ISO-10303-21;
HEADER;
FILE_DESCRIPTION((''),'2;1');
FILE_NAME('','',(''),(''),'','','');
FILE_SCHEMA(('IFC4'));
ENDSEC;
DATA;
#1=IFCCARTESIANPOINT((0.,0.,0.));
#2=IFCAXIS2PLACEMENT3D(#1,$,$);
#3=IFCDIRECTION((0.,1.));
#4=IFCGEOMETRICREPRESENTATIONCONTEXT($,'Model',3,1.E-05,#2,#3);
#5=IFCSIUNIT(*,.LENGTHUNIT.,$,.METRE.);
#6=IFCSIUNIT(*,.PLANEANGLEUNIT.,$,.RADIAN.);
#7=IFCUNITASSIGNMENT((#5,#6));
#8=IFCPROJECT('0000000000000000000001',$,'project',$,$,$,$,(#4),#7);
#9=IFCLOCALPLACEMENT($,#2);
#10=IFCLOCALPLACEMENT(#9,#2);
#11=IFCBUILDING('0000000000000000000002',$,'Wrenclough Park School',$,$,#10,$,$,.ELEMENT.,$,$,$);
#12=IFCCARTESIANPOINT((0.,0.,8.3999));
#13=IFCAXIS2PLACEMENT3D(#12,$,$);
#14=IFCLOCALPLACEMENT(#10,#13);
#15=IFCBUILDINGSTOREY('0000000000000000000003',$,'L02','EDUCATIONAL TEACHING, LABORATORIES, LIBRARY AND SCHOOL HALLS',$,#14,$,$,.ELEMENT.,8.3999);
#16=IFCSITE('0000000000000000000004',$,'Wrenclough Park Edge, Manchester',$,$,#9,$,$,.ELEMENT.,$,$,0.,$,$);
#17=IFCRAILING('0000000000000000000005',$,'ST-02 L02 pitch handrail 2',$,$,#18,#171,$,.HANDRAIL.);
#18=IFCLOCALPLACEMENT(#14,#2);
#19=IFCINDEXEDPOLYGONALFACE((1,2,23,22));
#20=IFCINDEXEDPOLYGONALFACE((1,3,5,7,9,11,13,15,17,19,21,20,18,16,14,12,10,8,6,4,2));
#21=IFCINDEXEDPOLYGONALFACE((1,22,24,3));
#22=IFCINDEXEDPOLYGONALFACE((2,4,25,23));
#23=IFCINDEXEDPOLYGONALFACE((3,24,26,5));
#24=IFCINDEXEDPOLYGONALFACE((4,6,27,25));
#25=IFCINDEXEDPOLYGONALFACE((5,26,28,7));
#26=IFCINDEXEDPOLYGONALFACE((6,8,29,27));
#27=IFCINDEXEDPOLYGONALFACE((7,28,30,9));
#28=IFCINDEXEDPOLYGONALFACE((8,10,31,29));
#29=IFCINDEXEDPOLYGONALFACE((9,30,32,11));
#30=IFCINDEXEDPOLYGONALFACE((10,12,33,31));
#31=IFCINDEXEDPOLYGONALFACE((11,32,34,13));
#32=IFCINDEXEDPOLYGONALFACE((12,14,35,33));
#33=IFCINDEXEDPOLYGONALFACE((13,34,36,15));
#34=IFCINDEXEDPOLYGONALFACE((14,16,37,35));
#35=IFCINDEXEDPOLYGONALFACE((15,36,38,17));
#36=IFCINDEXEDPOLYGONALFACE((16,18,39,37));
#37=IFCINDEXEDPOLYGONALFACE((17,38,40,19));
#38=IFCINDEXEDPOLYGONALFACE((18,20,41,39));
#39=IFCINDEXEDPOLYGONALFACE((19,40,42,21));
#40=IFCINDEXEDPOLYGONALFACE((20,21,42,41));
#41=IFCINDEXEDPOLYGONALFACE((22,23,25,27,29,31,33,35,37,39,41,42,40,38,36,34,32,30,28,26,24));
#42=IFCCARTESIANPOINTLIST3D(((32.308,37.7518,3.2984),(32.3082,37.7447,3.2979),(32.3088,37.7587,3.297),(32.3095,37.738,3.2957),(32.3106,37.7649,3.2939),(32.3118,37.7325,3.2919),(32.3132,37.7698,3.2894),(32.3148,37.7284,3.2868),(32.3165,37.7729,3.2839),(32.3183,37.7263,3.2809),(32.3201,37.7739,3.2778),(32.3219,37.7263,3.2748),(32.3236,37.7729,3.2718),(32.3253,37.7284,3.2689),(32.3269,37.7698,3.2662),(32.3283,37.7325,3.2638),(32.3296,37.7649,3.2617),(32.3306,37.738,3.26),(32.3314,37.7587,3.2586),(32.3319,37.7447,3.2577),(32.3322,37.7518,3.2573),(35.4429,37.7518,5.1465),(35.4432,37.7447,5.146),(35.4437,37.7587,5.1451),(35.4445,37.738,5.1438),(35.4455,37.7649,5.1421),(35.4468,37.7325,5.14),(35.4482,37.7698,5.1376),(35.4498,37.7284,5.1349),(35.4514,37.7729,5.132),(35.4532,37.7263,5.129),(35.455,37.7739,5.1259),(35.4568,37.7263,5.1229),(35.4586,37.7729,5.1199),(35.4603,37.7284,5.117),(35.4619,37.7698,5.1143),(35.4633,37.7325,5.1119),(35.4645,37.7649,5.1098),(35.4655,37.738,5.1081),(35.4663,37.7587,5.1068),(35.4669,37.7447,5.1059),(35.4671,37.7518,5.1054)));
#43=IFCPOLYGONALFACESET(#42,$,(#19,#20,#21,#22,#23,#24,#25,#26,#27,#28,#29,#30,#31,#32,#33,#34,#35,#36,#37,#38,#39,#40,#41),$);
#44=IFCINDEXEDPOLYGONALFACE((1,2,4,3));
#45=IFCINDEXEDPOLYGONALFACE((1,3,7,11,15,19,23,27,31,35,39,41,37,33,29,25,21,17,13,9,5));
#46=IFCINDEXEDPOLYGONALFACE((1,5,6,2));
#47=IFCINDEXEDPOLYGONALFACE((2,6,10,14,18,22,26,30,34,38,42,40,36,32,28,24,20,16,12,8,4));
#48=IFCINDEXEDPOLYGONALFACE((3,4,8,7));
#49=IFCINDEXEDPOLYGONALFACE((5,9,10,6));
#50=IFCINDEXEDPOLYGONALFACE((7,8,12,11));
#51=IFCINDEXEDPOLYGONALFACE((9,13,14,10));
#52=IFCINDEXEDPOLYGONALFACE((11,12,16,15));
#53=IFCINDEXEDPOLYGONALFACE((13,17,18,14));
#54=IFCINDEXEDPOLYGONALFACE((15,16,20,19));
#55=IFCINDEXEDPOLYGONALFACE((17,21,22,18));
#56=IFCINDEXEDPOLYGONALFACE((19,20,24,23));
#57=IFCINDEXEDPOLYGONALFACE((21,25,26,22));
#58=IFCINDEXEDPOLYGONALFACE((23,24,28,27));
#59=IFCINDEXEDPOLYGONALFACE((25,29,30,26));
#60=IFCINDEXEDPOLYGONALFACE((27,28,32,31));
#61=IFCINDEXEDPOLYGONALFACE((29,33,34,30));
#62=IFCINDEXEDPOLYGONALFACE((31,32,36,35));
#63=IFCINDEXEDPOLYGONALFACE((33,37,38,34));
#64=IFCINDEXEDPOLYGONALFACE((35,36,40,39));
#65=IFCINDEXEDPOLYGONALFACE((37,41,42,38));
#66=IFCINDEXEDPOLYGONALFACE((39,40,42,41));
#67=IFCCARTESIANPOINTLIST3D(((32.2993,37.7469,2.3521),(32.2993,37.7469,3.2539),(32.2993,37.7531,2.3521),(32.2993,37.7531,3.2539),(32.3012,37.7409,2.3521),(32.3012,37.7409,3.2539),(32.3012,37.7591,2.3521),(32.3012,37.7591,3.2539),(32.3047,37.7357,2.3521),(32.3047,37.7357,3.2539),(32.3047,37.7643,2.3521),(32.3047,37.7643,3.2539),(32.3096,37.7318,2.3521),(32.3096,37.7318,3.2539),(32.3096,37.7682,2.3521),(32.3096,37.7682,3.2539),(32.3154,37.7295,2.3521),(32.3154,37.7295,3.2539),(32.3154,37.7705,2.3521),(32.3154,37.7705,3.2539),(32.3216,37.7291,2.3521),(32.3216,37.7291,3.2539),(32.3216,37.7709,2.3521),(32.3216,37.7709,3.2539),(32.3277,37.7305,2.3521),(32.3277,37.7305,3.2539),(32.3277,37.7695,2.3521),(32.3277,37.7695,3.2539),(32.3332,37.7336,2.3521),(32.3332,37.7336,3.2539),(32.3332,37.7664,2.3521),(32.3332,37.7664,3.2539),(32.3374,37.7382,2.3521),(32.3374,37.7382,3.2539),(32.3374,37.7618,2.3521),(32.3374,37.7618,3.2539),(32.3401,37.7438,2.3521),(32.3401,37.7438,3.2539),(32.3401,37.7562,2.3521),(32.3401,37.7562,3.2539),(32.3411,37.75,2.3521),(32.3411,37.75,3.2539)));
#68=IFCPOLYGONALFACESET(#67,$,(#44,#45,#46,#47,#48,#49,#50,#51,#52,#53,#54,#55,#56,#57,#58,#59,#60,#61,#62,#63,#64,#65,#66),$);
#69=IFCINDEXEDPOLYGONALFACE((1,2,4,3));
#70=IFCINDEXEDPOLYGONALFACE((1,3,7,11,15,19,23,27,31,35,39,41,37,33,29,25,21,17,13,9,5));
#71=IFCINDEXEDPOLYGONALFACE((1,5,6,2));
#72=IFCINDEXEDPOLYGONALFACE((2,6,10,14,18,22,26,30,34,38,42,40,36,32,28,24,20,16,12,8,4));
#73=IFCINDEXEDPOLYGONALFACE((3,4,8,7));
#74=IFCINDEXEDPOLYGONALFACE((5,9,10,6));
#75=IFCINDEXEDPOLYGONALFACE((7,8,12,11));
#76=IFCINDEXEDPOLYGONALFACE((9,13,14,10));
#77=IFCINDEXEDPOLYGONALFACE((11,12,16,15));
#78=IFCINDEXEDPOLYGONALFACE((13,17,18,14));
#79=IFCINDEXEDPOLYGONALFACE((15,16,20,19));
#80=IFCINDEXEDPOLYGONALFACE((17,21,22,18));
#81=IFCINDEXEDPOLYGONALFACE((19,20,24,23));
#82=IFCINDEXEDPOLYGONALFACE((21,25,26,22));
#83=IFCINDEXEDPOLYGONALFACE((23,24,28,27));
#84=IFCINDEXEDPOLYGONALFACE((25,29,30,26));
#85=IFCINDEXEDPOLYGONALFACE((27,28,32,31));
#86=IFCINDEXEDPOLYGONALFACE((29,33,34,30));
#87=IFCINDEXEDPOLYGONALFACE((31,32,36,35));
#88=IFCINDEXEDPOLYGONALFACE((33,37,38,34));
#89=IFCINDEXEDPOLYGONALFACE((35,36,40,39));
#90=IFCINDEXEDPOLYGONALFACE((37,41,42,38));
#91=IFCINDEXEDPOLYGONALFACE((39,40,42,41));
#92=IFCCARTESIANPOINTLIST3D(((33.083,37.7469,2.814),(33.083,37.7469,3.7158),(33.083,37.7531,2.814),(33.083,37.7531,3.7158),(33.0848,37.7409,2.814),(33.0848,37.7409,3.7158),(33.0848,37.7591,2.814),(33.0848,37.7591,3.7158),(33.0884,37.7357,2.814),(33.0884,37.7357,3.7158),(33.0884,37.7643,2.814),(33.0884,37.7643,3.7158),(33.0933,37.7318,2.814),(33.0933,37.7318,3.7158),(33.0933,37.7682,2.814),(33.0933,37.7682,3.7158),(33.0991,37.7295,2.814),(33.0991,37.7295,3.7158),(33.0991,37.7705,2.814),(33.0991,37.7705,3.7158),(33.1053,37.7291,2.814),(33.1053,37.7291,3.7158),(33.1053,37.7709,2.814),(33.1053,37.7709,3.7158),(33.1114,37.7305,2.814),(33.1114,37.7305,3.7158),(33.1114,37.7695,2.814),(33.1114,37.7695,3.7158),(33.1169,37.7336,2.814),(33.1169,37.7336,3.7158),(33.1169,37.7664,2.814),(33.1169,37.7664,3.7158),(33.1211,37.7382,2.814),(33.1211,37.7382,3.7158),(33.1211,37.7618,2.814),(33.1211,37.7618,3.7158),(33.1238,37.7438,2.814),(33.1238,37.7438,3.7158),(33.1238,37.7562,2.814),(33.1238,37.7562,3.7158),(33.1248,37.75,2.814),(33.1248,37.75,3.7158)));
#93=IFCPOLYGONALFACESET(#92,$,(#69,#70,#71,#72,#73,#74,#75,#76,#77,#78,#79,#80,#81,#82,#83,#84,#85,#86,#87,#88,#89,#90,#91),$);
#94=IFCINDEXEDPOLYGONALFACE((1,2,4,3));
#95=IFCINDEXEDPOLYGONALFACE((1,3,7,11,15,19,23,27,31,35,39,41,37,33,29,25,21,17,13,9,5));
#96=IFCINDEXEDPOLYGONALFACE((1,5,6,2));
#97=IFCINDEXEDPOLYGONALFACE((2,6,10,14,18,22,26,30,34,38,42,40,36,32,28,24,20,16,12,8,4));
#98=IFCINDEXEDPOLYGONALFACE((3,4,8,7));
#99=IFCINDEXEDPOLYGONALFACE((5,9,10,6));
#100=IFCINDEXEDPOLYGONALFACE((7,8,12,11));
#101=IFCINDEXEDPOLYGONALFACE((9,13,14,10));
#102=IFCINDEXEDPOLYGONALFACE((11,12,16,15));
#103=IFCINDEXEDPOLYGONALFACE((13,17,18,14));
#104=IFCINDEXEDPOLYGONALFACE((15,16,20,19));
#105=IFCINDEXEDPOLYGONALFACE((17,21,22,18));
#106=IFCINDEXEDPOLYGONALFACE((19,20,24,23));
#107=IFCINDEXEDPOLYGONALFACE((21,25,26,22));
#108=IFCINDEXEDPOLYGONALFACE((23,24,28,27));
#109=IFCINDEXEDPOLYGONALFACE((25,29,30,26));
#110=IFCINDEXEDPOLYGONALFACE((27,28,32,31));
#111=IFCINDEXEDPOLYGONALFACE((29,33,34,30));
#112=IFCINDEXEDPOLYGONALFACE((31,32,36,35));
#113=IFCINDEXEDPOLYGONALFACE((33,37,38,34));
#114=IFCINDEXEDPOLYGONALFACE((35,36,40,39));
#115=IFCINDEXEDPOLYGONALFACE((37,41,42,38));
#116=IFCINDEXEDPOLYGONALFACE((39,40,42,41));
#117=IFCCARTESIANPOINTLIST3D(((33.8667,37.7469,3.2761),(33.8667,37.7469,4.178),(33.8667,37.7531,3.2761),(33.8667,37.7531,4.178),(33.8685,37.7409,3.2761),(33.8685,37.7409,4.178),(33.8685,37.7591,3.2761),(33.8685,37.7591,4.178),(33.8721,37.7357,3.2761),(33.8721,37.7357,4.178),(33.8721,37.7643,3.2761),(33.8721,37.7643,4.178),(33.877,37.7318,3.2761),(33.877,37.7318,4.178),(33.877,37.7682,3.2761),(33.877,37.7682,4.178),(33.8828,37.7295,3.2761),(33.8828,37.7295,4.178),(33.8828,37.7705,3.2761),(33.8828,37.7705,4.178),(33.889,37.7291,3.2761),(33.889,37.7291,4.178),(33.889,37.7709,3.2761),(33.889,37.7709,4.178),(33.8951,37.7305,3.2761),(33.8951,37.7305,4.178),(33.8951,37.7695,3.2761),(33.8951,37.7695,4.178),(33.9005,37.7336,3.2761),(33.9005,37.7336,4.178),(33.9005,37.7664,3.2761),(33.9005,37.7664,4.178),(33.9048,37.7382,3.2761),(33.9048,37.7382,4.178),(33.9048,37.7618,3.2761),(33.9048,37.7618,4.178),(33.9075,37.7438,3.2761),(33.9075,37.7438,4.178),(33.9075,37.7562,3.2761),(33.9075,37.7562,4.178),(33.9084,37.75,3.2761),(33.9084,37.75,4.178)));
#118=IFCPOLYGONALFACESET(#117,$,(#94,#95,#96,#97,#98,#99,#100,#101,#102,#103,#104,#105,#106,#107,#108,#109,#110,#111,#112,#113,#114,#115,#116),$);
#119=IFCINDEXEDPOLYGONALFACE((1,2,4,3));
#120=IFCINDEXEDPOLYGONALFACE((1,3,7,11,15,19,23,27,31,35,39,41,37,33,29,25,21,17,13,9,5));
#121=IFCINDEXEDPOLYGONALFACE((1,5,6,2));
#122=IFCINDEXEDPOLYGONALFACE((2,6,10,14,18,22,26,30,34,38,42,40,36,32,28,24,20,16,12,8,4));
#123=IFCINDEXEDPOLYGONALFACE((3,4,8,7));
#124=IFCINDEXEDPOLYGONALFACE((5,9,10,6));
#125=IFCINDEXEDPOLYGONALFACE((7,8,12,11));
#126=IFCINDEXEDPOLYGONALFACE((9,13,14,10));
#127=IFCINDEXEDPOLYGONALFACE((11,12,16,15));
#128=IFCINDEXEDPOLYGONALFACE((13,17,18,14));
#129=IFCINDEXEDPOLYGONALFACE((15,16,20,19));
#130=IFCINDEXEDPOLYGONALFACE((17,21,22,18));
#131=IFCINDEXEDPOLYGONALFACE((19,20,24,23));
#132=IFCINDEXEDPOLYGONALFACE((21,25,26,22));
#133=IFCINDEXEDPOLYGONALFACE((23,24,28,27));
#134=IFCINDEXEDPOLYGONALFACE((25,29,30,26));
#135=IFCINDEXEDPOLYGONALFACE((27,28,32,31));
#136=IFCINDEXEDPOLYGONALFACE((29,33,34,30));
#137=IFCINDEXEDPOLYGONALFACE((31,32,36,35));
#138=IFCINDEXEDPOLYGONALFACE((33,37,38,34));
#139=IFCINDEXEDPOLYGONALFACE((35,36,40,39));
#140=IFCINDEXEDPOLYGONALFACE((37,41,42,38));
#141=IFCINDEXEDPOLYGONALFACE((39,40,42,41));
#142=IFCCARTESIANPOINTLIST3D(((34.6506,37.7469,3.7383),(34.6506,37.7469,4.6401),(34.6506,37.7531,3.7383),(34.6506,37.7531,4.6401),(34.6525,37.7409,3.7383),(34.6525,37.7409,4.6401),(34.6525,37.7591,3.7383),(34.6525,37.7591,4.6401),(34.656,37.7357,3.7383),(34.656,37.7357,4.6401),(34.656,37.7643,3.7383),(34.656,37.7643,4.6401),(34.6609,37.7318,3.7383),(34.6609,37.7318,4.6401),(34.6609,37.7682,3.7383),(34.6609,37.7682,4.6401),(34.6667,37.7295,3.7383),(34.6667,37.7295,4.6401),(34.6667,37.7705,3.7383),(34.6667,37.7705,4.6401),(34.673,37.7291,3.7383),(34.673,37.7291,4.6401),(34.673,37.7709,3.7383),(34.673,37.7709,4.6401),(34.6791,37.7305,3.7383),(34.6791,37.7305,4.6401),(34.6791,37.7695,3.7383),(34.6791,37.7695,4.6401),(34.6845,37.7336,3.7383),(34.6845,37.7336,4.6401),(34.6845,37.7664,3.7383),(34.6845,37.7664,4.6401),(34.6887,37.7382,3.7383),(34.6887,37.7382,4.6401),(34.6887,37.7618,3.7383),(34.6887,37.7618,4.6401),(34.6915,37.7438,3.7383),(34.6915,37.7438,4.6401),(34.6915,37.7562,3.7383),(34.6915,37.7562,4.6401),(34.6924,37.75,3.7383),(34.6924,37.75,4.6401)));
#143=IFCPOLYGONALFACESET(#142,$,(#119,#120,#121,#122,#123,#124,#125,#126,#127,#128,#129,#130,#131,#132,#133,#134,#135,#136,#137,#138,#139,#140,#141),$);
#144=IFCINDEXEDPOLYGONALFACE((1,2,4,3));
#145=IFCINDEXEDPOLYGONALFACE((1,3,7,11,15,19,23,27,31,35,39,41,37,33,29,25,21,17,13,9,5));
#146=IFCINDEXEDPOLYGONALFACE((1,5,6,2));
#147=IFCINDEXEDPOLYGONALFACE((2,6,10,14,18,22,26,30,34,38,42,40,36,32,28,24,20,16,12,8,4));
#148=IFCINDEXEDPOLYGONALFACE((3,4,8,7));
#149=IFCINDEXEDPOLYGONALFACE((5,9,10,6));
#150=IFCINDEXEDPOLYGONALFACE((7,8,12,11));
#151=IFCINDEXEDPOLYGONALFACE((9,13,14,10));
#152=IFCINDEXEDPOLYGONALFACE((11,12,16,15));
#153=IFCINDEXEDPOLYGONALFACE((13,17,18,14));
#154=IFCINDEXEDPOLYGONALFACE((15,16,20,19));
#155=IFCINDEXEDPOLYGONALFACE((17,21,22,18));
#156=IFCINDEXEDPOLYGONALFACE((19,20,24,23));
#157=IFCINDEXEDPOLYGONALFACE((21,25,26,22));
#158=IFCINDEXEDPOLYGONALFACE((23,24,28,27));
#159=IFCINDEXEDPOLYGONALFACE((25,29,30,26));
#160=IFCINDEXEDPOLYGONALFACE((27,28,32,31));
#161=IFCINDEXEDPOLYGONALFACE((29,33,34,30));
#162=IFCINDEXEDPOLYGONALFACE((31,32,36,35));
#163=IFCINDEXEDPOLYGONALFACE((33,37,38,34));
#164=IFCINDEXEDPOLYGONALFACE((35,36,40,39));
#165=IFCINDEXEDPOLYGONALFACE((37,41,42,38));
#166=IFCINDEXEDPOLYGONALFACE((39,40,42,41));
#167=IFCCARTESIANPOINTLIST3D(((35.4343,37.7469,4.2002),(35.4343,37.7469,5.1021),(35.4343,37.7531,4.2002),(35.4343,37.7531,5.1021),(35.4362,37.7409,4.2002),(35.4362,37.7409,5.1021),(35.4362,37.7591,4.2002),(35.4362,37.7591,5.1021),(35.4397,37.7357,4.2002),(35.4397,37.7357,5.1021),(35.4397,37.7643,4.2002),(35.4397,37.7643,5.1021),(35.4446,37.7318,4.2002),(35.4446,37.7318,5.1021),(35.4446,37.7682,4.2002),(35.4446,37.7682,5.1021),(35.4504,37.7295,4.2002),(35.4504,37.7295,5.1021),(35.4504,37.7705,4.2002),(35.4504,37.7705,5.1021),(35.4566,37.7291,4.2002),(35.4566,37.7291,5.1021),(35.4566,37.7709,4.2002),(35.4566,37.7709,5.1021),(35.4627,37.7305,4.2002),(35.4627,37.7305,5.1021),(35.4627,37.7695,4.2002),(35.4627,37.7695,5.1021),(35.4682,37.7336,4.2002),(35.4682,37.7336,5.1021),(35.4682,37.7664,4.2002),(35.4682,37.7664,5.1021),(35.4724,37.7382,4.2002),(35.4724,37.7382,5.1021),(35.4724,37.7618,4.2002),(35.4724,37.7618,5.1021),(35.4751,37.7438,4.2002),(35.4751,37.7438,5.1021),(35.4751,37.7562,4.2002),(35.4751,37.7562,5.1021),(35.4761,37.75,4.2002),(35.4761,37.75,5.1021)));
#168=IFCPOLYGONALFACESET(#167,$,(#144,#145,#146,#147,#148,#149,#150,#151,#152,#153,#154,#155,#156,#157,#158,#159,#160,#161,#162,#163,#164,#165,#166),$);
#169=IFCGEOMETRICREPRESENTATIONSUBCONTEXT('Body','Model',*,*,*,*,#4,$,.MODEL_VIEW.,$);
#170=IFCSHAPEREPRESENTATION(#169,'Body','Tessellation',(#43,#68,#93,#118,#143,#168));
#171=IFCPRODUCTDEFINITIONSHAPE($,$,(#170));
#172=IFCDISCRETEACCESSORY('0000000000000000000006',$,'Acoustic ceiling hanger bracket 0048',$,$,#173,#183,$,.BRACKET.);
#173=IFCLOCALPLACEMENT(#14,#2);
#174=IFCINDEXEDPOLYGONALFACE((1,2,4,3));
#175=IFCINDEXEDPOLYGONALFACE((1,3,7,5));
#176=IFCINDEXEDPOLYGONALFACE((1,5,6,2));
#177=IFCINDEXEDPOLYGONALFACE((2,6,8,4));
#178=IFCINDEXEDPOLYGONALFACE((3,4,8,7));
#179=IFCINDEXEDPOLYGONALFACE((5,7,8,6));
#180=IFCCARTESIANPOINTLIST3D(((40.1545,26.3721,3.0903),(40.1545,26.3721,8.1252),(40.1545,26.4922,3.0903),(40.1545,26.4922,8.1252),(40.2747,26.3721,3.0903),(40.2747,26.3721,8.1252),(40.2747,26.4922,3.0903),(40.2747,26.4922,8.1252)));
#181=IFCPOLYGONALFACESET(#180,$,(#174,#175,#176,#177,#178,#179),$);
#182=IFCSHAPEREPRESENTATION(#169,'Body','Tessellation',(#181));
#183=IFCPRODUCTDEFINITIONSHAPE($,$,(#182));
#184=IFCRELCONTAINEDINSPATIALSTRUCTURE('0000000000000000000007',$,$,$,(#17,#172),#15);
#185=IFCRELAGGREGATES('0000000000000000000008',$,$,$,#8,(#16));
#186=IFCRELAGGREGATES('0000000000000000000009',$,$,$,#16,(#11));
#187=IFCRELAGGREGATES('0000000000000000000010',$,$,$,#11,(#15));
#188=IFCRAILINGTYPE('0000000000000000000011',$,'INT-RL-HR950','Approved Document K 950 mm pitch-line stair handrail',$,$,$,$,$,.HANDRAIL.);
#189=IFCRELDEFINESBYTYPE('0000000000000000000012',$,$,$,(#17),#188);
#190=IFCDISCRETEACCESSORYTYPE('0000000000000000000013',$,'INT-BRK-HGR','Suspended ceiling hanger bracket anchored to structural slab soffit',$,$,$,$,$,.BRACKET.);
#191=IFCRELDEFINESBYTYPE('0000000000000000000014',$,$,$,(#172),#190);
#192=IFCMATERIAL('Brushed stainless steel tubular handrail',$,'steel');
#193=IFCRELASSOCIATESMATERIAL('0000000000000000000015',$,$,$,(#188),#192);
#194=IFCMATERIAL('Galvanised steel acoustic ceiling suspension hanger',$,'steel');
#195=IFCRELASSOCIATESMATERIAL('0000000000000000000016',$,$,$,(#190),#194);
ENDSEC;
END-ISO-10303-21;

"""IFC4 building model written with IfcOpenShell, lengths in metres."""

from ifc_helpers import new_model, si_unit, direction, frame, origin, origin_2d, place, context, subcontext, project, spatial, rectangle, circle, extrude, material, type_object, element, save


model = new_model("IFC4")

# Units and contexts
model_context = context("Model", 3, precision=1e-05, world=origin(), true_north=direction((0.0, 1.0)))
body_context = subcontext(model_context, "Body", "Model", "MODEL_VIEW")
ifc_project = project(units=[si_unit("LENGTHUNIT", "METRE"), si_unit("PLANEANGLEUNIT", "RADIAN")], contexts=[model_context])

# Site, building, storey
site_placement = place(None, origin())
site = spatial("IfcSite", under=ifc_project, at=site_placement, Name="Wrenclough Park Edge, Manchester", CompositionType="ELEMENT", RefElevation=0.0)
building_placement = place(site_placement, origin())
building = spatial("IfcBuilding", under=site, at=building_placement, Name="Wrenclough Park School", CompositionType="ELEMENT")
storey_placement = place(building_placement, frame((0.0, 0.0, 8.3999)))
storey = spatial("IfcBuildingStorey", under=building, at=storey_placement, Name="L02", Description="EDUCATIONAL TEACHING, LABORATORIES, LIBRARY AND SCHOOL HALLS", CompositionType="ELEMENT", Elevation=8.3999)

# Railing
ifc_material_1 = material(Name="Brushed stainless steel tubular handrail", Category="steel")
railing_type_1 = type_object("IfcRailingType", Name="INT-RL-HR950", Description="Approved Document K 950 mm pitch-line stair handrail", PredefinedType="HANDRAIL", material=ifc_material_1)
railing_1_placement = place(storey_placement, frame((32.3201, 37.75, 2.3521)))
element("IfcRailing", 1, at=railing_1_placement, inside=storey, type_object=railing_type_1, Name="ST-02 L02 pitch handrail 2", PredefinedType="HANDRAIL", context=body_context, shape_type="SweptSolid", body=[
    extrude(circle(Radius=0.0239, at=origin_2d()), frame((0.0, 0.0, 0.9258), z_axis=(0.861451, 0.0, 0.507841), x_axis=(0.0, 1.0, 0.0)), (0.0, 0.0, 1.0), 3.6392),
    extrude(circle(Radius=0.021, at=origin_2d()), origin(), (0.0, 0.0, 1.0), 0.9019),
    extrude(circle(Radius=0.021, at=origin_2d()), frame((0.7837, 0.0, 0.4619)), (0.0, 0.0, 1.0), 0.9019),
    extrude(circle(Radius=0.021, at=origin_2d()), frame((1.5674, 0.0, 0.9241)), (0.0, 0.0, 1.0), 0.9019),
    extrude(circle(Radius=0.021, at=origin_2d()), frame((2.3513, 0.0, 1.3862)), (0.0, 0.0, 1.0), 0.9019),
    extrude(circle(Radius=0.021, at=origin_2d()), frame((3.135, 0.0, 1.8481)), (0.0, 0.0, 1.0), 0.9019),
])

# Discrete accessory
ifc_material_2 = material(Name="Galvanised steel acoustic ceiling suspension hanger", Category="steel")
discrete_accessory_type = type_object("IfcDiscreteAccessoryType", Name="INT-BRK-HGR", Description="Suspended ceiling hanger bracket anchored to structural slab soffit", PredefinedType="BRACKET", material=ifc_material_2)
discrete_accessory_placement = place(storey_placement, frame((40.2146, 26.4321, 3.0903), z_axis=(0.0, 0.0, 1.0), x_axis=(1.0, 0.0, 0.0)))
element("IfcDiscreteAccessory", 2, at=discrete_accessory_placement, inside=storey, type_object=discrete_accessory_type, Name="Acoustic ceiling hanger bracket 0048", PredefinedType="BRACKET", context=body_context, shape_type="SweptSolid", body=[
    extrude(rectangle(XDim=0.1201, YDim=0.1201, at=origin_2d()), origin(), (0.0, 0.0, 1.0), 5.0349),
])

save(model, "model.ifc")
